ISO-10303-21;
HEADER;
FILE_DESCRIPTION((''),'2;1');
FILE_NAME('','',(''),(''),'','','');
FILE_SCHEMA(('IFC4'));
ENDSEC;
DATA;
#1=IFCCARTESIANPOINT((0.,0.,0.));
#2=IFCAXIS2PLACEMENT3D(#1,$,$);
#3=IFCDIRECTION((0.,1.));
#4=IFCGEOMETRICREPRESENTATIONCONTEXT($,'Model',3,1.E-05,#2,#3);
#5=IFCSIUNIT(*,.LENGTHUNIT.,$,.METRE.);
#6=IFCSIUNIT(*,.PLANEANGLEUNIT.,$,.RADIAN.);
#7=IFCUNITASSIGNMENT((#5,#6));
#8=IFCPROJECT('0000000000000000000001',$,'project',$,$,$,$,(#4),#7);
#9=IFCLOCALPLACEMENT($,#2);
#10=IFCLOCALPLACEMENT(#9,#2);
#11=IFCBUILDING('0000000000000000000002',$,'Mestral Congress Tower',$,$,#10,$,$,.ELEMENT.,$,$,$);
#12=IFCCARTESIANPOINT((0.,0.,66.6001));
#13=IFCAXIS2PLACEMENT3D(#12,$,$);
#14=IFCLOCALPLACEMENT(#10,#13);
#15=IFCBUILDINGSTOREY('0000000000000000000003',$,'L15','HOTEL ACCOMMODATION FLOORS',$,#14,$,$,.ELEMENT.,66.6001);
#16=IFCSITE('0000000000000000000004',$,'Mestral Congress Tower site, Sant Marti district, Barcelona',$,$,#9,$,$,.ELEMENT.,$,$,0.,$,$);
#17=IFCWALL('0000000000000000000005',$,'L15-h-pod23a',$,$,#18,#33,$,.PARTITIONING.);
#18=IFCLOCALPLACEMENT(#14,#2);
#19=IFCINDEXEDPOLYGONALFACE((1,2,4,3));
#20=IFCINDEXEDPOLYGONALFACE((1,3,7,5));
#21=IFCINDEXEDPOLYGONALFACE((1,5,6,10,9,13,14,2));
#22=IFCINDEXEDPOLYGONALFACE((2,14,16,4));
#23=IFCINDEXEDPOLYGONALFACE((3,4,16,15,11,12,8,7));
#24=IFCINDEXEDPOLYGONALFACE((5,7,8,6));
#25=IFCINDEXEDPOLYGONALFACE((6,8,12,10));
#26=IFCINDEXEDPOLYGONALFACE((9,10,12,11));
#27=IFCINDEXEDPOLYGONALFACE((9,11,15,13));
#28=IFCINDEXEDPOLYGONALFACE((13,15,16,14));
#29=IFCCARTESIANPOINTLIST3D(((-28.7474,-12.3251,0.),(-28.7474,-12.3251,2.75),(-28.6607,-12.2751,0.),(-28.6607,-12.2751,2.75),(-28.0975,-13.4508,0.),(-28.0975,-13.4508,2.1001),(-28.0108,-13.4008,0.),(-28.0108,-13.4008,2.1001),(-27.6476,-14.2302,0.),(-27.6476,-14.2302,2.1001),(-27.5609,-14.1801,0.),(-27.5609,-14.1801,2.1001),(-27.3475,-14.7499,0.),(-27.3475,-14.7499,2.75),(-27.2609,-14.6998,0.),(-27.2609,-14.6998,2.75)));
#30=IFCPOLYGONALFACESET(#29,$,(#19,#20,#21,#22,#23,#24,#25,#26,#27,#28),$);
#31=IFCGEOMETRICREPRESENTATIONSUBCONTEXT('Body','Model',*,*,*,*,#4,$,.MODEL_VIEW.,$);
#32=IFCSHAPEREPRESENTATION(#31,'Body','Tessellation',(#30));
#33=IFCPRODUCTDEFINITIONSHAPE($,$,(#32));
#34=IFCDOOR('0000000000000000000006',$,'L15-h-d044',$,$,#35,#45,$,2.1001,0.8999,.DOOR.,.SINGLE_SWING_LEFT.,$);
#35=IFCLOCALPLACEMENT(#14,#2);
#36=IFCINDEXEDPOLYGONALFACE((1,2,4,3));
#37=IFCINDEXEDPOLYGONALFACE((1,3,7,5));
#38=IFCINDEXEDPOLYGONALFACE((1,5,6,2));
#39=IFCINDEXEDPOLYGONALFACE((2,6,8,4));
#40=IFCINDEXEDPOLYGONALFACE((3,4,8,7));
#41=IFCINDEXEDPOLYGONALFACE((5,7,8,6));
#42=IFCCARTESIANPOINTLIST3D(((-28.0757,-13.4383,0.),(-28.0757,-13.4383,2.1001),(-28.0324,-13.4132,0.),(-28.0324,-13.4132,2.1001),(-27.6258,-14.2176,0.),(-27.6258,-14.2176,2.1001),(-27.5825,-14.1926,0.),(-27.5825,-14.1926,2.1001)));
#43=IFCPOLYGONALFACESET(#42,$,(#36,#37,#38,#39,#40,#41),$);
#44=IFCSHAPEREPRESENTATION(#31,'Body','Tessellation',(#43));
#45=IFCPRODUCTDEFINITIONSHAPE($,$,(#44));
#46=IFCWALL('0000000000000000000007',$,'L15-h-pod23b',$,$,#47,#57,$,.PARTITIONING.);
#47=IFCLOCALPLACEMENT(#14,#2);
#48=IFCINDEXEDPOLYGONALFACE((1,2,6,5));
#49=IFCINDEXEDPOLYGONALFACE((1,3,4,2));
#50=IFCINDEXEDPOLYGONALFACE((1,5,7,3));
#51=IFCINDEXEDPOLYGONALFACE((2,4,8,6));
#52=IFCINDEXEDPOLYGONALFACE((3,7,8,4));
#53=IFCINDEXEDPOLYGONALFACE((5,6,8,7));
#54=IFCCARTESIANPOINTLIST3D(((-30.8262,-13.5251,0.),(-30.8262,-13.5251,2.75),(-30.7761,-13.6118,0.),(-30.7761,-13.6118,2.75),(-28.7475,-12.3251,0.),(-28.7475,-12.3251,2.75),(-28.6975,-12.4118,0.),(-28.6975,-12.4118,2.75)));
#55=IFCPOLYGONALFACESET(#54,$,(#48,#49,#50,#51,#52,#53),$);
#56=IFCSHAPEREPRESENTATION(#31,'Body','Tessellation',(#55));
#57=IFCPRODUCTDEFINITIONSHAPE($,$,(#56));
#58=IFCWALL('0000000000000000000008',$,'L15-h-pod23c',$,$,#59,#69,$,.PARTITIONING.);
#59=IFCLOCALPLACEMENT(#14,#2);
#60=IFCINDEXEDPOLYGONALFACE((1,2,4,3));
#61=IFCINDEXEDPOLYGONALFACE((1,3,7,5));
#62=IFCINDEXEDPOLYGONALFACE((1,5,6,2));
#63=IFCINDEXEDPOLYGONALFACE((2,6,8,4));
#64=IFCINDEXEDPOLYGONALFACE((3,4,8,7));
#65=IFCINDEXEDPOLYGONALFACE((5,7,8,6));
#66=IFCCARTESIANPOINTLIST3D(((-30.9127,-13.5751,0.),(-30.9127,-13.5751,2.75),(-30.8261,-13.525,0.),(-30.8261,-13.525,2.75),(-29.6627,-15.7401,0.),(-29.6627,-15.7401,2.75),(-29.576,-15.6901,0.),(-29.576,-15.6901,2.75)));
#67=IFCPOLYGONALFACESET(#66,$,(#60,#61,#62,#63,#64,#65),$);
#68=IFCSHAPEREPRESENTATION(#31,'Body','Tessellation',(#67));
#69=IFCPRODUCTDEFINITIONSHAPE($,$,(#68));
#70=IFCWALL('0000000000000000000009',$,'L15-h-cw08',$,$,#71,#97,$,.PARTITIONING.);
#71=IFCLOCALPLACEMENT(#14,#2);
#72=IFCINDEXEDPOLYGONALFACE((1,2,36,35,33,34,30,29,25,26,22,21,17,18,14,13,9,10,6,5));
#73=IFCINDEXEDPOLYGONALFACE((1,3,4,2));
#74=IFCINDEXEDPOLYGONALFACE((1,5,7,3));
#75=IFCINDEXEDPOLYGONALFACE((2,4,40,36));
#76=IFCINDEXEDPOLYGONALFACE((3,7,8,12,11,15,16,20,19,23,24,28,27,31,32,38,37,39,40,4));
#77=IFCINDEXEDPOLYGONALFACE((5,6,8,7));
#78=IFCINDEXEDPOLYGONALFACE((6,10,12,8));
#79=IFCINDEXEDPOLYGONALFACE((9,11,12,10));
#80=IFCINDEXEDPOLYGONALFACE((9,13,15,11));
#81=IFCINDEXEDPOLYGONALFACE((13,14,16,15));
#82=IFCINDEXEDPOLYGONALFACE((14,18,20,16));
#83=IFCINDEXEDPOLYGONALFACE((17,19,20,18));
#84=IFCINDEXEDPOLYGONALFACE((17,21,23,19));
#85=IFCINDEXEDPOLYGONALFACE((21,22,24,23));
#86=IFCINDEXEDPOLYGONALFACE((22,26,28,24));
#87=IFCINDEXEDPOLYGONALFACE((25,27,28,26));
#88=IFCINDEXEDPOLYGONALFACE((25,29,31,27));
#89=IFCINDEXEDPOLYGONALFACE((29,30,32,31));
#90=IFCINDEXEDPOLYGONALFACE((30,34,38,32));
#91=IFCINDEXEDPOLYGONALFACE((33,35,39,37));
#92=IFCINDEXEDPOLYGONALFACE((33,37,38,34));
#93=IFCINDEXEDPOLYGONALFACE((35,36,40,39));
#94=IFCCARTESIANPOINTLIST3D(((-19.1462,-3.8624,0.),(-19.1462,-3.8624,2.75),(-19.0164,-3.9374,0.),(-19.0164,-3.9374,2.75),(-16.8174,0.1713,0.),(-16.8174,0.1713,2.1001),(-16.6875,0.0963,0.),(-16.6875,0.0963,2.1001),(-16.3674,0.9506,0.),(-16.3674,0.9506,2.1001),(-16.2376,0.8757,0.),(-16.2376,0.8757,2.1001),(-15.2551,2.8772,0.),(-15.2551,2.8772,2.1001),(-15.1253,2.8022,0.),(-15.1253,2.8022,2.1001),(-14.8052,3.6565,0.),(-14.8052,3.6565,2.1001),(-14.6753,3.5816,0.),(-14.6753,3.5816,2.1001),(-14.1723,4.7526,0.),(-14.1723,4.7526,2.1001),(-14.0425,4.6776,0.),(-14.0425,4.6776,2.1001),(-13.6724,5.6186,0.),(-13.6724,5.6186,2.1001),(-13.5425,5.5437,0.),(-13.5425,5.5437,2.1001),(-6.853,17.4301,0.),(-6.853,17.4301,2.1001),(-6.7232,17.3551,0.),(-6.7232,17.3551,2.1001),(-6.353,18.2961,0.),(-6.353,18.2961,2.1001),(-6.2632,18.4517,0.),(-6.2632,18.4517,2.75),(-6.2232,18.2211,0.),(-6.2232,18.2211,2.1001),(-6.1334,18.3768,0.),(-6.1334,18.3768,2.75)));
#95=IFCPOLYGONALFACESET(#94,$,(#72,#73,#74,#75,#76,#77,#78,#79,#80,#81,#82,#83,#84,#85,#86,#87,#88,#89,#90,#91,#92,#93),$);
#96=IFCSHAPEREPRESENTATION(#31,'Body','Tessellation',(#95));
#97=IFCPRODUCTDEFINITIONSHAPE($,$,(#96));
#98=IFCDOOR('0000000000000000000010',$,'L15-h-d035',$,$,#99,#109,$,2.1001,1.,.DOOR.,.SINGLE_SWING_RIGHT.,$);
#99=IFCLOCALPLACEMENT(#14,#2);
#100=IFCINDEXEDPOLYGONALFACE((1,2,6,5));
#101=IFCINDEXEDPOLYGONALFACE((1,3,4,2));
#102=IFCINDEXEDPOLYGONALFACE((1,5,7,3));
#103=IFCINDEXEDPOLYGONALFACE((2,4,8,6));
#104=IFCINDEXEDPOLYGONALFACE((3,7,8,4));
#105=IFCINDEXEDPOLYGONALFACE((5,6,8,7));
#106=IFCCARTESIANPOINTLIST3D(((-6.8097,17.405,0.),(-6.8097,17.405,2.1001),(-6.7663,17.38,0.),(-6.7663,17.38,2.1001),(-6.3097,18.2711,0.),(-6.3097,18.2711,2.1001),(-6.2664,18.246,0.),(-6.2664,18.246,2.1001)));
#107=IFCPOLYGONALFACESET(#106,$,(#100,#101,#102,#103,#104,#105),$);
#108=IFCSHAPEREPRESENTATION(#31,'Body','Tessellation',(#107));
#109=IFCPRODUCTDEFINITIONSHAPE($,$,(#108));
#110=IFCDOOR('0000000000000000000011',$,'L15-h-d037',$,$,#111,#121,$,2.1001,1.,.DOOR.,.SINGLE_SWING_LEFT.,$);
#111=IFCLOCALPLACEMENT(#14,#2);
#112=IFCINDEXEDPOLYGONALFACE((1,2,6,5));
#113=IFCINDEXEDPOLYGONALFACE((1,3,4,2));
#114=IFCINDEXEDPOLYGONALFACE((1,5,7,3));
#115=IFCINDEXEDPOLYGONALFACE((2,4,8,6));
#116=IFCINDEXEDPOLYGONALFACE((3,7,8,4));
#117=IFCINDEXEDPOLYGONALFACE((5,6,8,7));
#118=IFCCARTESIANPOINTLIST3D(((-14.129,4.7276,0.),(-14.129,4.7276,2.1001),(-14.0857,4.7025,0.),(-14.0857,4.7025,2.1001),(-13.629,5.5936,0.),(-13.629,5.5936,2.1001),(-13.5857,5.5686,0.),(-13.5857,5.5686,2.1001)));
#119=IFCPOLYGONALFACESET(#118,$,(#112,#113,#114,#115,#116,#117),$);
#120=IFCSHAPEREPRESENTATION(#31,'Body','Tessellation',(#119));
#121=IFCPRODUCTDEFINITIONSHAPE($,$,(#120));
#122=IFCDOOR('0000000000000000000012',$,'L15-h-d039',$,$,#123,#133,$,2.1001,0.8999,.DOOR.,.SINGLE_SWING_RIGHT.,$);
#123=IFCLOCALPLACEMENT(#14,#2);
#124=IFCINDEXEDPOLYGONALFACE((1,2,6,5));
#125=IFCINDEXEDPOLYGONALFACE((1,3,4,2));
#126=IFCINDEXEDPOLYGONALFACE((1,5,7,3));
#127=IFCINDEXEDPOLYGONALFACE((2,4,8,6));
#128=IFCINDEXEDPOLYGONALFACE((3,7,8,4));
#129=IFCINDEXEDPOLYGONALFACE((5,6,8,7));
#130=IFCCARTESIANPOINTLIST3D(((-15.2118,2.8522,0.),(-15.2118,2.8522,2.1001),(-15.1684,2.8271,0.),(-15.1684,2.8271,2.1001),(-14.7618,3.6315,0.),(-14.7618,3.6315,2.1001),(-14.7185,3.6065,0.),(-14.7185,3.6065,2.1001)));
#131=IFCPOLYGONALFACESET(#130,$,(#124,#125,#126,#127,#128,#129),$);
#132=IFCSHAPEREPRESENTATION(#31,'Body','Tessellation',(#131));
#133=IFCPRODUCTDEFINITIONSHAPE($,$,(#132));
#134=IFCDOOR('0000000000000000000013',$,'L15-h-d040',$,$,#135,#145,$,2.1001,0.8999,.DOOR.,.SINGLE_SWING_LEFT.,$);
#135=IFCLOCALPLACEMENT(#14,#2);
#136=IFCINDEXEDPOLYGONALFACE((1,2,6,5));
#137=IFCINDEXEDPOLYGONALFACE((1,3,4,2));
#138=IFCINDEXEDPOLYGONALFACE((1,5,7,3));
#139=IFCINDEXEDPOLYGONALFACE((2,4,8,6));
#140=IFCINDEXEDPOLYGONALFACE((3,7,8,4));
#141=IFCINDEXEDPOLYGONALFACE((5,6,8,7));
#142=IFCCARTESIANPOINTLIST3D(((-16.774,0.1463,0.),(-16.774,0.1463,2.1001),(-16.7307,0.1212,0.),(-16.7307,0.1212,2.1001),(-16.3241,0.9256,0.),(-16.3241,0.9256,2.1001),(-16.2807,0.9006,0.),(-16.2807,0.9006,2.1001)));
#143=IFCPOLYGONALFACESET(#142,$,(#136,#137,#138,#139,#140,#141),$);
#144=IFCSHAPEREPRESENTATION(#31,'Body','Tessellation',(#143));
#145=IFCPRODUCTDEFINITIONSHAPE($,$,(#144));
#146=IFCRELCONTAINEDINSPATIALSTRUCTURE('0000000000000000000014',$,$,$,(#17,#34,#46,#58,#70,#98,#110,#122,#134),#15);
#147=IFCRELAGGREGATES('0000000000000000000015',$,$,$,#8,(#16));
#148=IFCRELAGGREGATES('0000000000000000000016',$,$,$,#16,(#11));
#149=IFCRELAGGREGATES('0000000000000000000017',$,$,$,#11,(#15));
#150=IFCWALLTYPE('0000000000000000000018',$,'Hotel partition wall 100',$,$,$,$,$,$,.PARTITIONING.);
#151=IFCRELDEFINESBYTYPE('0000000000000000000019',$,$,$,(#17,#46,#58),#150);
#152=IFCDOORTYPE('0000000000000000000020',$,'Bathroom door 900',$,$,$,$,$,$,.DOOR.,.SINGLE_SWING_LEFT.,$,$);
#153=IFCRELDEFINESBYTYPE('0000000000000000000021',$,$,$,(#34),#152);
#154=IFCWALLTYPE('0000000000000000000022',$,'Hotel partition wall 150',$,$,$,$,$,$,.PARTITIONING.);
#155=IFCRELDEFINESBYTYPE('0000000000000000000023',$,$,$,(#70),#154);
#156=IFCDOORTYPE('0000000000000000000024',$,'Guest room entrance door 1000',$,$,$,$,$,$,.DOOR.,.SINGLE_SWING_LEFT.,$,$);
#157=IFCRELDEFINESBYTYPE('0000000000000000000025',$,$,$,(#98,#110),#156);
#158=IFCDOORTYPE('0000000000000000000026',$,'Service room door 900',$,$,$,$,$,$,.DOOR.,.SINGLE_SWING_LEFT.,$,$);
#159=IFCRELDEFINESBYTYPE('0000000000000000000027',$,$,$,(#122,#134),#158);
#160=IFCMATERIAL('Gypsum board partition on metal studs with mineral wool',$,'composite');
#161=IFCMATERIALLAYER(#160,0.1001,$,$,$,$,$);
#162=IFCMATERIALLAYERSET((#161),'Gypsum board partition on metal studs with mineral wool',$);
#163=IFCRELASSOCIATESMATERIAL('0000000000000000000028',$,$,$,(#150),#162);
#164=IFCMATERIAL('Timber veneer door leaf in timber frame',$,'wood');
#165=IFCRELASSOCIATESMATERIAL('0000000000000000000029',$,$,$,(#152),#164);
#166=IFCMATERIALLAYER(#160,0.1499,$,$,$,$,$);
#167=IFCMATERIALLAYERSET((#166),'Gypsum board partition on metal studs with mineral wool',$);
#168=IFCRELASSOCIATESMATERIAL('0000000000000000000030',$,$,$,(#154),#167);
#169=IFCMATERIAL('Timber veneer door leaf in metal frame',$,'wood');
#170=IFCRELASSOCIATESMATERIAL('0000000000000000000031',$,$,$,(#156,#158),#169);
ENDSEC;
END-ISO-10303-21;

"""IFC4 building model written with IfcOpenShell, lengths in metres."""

from ifc_helpers import new_model, si_unit, direction, frame, frame_2d, origin, place, context, subcontext, project, spatial, rectangle, extrude, material, layer, layer_set, type_object, element, fill, save


model = new_model("IFC4")

# Units and contexts
model_context = context("Model", 3, precision=1e-05, world=origin(), true_north=direction((0.0, 1.0)))
body_context = subcontext(model_context, "Body", "Model", "MODEL_VIEW")
ifc_project = project(units=[si_unit("LENGTHUNIT", "METRE"), si_unit("PLANEANGLEUNIT", "RADIAN")], contexts=[model_context])

# Site, building, storey
site_placement = place(None, origin())
site = spatial("IfcSite", under=ifc_project, at=site_placement, Name="Mestral Congress Tower site, Sant Marti district, Barcelona", CompositionType="ELEMENT", RefElevation=0.0)
building_placement = place(site_placement, origin())
building = spatial("IfcBuilding", under=site, at=building_placement, Name="Mestral Congress Tower", CompositionType="ELEMENT")
storey_placement = place(building_placement, frame((0.0, 0.0, 66.6001)))
storey = spatial("IfcBuildingStorey", under=building, at=storey_placement, Name="L15", Description="HOTEL ACCOMMODATION FLOORS", CompositionType="ELEMENT", Elevation=66.6001)

# Shared definitions
ifc_material_1 = material(Name="Gypsum board partition on metal studs with mineral wool", Category="composite")
ifc_layer_1 = layer(ifc_material_1, 0.1001)
ifc_layer_set_1 = layer_set([ifc_layer_1], Name="Gypsum board partition on metal studs with mineral wool")
wall_type_1 = type_object("IfcWallType", Name="Hotel partition wall 100", PredefinedType="PARTITIONING", material=ifc_layer_set_1)

# Shared definitions
ifc_material_2 = material(Name="Timber veneer door leaf in timber frame", Category="wood")
door_type_1 = type_object("IfcDoorType", Name="Bathroom door 900", OperationType="SINGLE_SWING_LEFT", PredefinedType="DOOR", material=ifc_material_2)

# Wall, opening, door
wall_1_placement = place(storey_placement, frame((-27.3042, -14.7249, 0.0), z_axis=(0.0, 0.0, 1.0), x_axis=(-0.499984, 0.866035, 0.0)))
wall_1 = element("IfcWall", 1, at=wall_1_placement, inside=storey, type_object=wall_type_1, Name="L15-h-pod23a", PredefinedType="PARTITIONING", context=body_context, shape_type="SweptSolid", body=[
    extrude(rectangle(XDim=2.7998, YDim=0.1001, at=frame_2d((1.3999, 0.0))), origin(), (0.0, 0.0, 1.0), 2.75),
])
opening_1_placement = place(wall_1_placement, frame((0.6001, 0.0, 0.0)))
opening_1 = element("IfcOpeningElement", 2, at=opening_1_placement, cuts=wall_1, PredefinedType="OPENING", context=body_context, shape_type="SweptSolid", body=[
    extrude(rectangle(XDim=0.8999, YDim=2.1001, at=frame_2d((0.45, 1.05))), frame((0.0, 0.0601, 0.0), z_axis=(0.0, -1.0, 0.0), x_axis=(1.0, 0.0, 0.0)), (0.0, 0.0, 1.0), 0.1201),
])
door_1_placement = place(opening_1_placement, origin())
door_1 = element("IfcDoor", 3, at=door_1_placement, inside=storey, type_object=door_type_1, Name="L15-h-d044", OperationType="SINGLE_SWING_LEFT", OverallHeight=2.1001, OverallWidth=0.8999, PredefinedType="DOOR", context=body_context, shape_type="SweptSolid", body=[
    extrude(rectangle(XDim=0.8999, YDim=2.1001, at=frame_2d((0.45, 1.05))), frame((0.0, 0.0249, 0.0), z_axis=(0.0, -1.0, 0.0), x_axis=(1.0, 0.0, 0.0)), (0.0, 0.0, 1.0), 0.05),
])
fill(opening_1, door_1)

# Walls
wall_2_placement = place(storey_placement, frame((-28.7224, -12.3684, 0.0), z_axis=(0.0, 0.0, 1.0), x_axis=(-0.86605, -0.499957, 0.0)))
element("IfcWall", 4, at=wall_2_placement, inside=storey, type_object=wall_type_1, Name="L15-h-pod23b", PredefinedType="PARTITIONING", context=body_context, shape_type="SweptSolid", body=[
    extrude(rectangle(XDim=2.4001, YDim=0.1001, at=frame_2d((1.2002, 0.0))), origin(), (0.0, 0.0, 1.0), 2.75),
])
wall_3_placement = place(storey_placement, frame((-29.6194, -15.7151, 0.0), z_axis=(0.0, 0.0, 1.0), x_axis=(-0.500004, 0.866023, 0.0)))
element("IfcWall", 5, at=wall_3_placement, inside=storey, type_object=wall_type_1, Name="L15-h-pod23c", PredefinedType="PARTITIONING", context=body_context, shape_type="SweptSolid", body=[
    extrude(rectangle(XDim=2.5, YDim=0.1001, at=frame_2d((1.25, 0.0))), origin(), (0.0, 0.0, 1.0), 2.75),
])

# Wall, openings, doors
ifc_layer_2 = layer(ifc_material_1, 0.1499)
ifc_layer_set_2 = layer_set([ifc_layer_2], Name="Gypsum board partition on metal studs with mineral wool")
wall_type_2 = type_object("IfcWallType", Name="Hotel partition wall 150", PredefinedType="PARTITIONING", material=ifc_layer_set_2)
wall_4_placement = place(storey_placement, frame((-19.0813, -3.8999, 0.0), z_axis=(0.0, 0.0, 1.0), x_axis=(0.499998, 0.866026, 0.0)))
wall_4 = element("IfcWall", 6, at=wall_4_placement, inside=storey, type_object=wall_type_2, Name="L15-h-cw08", PredefinedType="PARTITIONING", context=body_context, shape_type="SweptSolid", body=[
    extrude(rectangle(XDim=25.7661, YDim=0.1499, at=frame_2d((12.8831, 0.0))), origin(), (0.0, 0.0, 1.0), 2.75),
])
opening_2_placement = place(wall_4_placement, frame((24.5864, 0.0, 0.0)))
opening_2 = element("IfcOpeningElement", 7, at=opening_2_placement, cuts=wall_4, PredefinedType="OPENING", context=body_context, shape_type="SweptSolid", body=[
    extrude(rectangle(XDim=1.0, YDim=2.1001, at=frame_2d((0.5, 1.05))), frame((0.0, 0.085, 0.0), z_axis=(0.0, -1.0, 0.0), x_axis=(1.0, 0.0, 0.0)), (0.0, 0.0, 1.0), 0.1699),
])
opening_3_placement = place(wall_4_placement, frame((9.9478, 0.0, 0.0)))
opening_3 = element("IfcOpeningElement", 8, at=opening_3_placement, cuts=wall_4, PredefinedType="OPENING", context=body_context, shape_type="SweptSolid", body=[
    extrude(rectangle(XDim=1.0, YDim=2.1001, at=frame_2d((0.5, 1.05))), frame((0.0, 0.085, 0.0), z_axis=(0.0, -1.0, 0.0), x_axis=(1.0, 0.0, 0.0)), (0.0, 0.0, 1.0), 0.1699),
])
opening_4_placement = place(wall_4_placement, frame((7.7822, 0.0, 0.0)))
opening_4 = element("IfcOpeningElement", 9, at=opening_4_placement, cuts=wall_4, PredefinedType="OPENING", context=body_context, shape_type="SweptSolid", body=[
    extrude(rectangle(XDim=0.8999, YDim=2.1001, at=frame_2d((0.45, 1.05))), frame((0.0, 0.085, 0.0), z_axis=(0.0, -1.0, 0.0), x_axis=(1.0, 0.0, 0.0)), (0.0, 0.0, 1.0), 0.1699),
])
opening_5_placement = place(wall_4_placement, frame((4.6577, 0.0, 0.0)))
opening_5 = element("IfcOpeningElement", 10, at=opening_5_placement, cuts=wall_4, PredefinedType="OPENING", context=body_context, shape_type="SweptSolid", body=[
    extrude(rectangle(XDim=0.8999, YDim=2.1001, at=frame_2d((0.45, 1.05))), frame((0.0, 0.085, 0.0), z_axis=(0.0, -1.0, 0.0), x_axis=(1.0, 0.0, 0.0)), (0.0, 0.0, 1.0), 0.1699),
])
ifc_material_3 = material(Name="Timber veneer door leaf in metal frame", Category="wood")
door_type_2 = type_object("IfcDoorType", Name="Guest room entrance door 1000", OperationType="SINGLE_SWING_LEFT", PredefinedType="DOOR", material=ifc_material_3)
door_2_placement = place(opening_2_placement, origin())
door_2 = element("IfcDoor", 11, at=door_2_placement, inside=storey, type_object=door_type_2, Name="L15-h-d035", OperationType="SINGLE_SWING_RIGHT", OverallHeight=2.1001, OverallWidth=1.0, PredefinedType="DOOR", context=body_context, shape_type="SweptSolid", body=[
    extrude(rectangle(XDim=1.0, YDim=2.1001, at=frame_2d((0.5, 1.05))), frame((0.0, 0.0249, 0.0), z_axis=(0.0, -1.0, 0.0), x_axis=(1.0, 0.0, 0.0)), (0.0, 0.0, 1.0), 0.05),
])
fill(opening_2, door_2)
door_3_placement = place(opening_3_placement, origin())
door_3 = element("IfcDoor", 12, at=door_3_placement, inside=storey, type_object=door_type_2, Name="L15-h-d037", OperationType="SINGLE_SWING_LEFT", OverallHeight=2.1001, OverallWidth=1.0, PredefinedType="DOOR", context=body_context, shape_type="SweptSolid", body=[
    extrude(rectangle(XDim=1.0, YDim=2.1001, at=frame_2d((0.5, 1.05))), frame((0.0, 0.0249, 0.0), z_axis=(0.0, -1.0, 0.0), x_axis=(1.0, 0.0, 0.0)), (0.0, 0.0, 1.0), 0.05),
])
fill(opening_3, door_3)
door_type_3 = type_object("IfcDoorType", Name="Service room door 900", OperationType="SINGLE_SWING_LEFT", PredefinedType="DOOR", material=ifc_material_3)
door_4_placement = place(opening_4_placement, origin())
door_4 = element("IfcDoor", 13, at=door_4_placement, inside=storey, type_object=door_type_3, Name="L15-h-d039", OperationType="SINGLE_SWING_RIGHT", OverallHeight=2.1001, OverallWidth=0.8999, PredefinedType="DOOR", context=body_context, shape_type="SweptSolid", body=[
    extrude(rectangle(XDim=0.8999, YDim=2.1001, at=frame_2d((0.45, 1.05))), frame((0.0, 0.0249, 0.0), z_axis=(0.0, -1.0, 0.0), x_axis=(1.0, 0.0, 0.0)), (0.0, 0.0, 1.0), 0.05),
])
fill(opening_4, door_4)
door_5_placement = place(opening_5_placement, origin())
door_5 = element("IfcDoor", 14, at=door_5_placement, inside=storey, type_object=door_type_3, Name="L15-h-d040", OperationType="SINGLE_SWING_LEFT", OverallHeight=2.1001, OverallWidth=0.8999, PredefinedType="DOOR", context=body_context, shape_type="SweptSolid", body=[
    extrude(rectangle(XDim=0.8999, YDim=2.1001, at=frame_2d((0.45, 1.05))), frame((0.0, 0.0249, 0.0), z_axis=(0.0, -1.0, 0.0), x_axis=(1.0, 0.0, 0.0)), (0.0, 0.0, 1.0), 0.05),
])
fill(opening_5, door_5)

save(model, "model.ifc")
